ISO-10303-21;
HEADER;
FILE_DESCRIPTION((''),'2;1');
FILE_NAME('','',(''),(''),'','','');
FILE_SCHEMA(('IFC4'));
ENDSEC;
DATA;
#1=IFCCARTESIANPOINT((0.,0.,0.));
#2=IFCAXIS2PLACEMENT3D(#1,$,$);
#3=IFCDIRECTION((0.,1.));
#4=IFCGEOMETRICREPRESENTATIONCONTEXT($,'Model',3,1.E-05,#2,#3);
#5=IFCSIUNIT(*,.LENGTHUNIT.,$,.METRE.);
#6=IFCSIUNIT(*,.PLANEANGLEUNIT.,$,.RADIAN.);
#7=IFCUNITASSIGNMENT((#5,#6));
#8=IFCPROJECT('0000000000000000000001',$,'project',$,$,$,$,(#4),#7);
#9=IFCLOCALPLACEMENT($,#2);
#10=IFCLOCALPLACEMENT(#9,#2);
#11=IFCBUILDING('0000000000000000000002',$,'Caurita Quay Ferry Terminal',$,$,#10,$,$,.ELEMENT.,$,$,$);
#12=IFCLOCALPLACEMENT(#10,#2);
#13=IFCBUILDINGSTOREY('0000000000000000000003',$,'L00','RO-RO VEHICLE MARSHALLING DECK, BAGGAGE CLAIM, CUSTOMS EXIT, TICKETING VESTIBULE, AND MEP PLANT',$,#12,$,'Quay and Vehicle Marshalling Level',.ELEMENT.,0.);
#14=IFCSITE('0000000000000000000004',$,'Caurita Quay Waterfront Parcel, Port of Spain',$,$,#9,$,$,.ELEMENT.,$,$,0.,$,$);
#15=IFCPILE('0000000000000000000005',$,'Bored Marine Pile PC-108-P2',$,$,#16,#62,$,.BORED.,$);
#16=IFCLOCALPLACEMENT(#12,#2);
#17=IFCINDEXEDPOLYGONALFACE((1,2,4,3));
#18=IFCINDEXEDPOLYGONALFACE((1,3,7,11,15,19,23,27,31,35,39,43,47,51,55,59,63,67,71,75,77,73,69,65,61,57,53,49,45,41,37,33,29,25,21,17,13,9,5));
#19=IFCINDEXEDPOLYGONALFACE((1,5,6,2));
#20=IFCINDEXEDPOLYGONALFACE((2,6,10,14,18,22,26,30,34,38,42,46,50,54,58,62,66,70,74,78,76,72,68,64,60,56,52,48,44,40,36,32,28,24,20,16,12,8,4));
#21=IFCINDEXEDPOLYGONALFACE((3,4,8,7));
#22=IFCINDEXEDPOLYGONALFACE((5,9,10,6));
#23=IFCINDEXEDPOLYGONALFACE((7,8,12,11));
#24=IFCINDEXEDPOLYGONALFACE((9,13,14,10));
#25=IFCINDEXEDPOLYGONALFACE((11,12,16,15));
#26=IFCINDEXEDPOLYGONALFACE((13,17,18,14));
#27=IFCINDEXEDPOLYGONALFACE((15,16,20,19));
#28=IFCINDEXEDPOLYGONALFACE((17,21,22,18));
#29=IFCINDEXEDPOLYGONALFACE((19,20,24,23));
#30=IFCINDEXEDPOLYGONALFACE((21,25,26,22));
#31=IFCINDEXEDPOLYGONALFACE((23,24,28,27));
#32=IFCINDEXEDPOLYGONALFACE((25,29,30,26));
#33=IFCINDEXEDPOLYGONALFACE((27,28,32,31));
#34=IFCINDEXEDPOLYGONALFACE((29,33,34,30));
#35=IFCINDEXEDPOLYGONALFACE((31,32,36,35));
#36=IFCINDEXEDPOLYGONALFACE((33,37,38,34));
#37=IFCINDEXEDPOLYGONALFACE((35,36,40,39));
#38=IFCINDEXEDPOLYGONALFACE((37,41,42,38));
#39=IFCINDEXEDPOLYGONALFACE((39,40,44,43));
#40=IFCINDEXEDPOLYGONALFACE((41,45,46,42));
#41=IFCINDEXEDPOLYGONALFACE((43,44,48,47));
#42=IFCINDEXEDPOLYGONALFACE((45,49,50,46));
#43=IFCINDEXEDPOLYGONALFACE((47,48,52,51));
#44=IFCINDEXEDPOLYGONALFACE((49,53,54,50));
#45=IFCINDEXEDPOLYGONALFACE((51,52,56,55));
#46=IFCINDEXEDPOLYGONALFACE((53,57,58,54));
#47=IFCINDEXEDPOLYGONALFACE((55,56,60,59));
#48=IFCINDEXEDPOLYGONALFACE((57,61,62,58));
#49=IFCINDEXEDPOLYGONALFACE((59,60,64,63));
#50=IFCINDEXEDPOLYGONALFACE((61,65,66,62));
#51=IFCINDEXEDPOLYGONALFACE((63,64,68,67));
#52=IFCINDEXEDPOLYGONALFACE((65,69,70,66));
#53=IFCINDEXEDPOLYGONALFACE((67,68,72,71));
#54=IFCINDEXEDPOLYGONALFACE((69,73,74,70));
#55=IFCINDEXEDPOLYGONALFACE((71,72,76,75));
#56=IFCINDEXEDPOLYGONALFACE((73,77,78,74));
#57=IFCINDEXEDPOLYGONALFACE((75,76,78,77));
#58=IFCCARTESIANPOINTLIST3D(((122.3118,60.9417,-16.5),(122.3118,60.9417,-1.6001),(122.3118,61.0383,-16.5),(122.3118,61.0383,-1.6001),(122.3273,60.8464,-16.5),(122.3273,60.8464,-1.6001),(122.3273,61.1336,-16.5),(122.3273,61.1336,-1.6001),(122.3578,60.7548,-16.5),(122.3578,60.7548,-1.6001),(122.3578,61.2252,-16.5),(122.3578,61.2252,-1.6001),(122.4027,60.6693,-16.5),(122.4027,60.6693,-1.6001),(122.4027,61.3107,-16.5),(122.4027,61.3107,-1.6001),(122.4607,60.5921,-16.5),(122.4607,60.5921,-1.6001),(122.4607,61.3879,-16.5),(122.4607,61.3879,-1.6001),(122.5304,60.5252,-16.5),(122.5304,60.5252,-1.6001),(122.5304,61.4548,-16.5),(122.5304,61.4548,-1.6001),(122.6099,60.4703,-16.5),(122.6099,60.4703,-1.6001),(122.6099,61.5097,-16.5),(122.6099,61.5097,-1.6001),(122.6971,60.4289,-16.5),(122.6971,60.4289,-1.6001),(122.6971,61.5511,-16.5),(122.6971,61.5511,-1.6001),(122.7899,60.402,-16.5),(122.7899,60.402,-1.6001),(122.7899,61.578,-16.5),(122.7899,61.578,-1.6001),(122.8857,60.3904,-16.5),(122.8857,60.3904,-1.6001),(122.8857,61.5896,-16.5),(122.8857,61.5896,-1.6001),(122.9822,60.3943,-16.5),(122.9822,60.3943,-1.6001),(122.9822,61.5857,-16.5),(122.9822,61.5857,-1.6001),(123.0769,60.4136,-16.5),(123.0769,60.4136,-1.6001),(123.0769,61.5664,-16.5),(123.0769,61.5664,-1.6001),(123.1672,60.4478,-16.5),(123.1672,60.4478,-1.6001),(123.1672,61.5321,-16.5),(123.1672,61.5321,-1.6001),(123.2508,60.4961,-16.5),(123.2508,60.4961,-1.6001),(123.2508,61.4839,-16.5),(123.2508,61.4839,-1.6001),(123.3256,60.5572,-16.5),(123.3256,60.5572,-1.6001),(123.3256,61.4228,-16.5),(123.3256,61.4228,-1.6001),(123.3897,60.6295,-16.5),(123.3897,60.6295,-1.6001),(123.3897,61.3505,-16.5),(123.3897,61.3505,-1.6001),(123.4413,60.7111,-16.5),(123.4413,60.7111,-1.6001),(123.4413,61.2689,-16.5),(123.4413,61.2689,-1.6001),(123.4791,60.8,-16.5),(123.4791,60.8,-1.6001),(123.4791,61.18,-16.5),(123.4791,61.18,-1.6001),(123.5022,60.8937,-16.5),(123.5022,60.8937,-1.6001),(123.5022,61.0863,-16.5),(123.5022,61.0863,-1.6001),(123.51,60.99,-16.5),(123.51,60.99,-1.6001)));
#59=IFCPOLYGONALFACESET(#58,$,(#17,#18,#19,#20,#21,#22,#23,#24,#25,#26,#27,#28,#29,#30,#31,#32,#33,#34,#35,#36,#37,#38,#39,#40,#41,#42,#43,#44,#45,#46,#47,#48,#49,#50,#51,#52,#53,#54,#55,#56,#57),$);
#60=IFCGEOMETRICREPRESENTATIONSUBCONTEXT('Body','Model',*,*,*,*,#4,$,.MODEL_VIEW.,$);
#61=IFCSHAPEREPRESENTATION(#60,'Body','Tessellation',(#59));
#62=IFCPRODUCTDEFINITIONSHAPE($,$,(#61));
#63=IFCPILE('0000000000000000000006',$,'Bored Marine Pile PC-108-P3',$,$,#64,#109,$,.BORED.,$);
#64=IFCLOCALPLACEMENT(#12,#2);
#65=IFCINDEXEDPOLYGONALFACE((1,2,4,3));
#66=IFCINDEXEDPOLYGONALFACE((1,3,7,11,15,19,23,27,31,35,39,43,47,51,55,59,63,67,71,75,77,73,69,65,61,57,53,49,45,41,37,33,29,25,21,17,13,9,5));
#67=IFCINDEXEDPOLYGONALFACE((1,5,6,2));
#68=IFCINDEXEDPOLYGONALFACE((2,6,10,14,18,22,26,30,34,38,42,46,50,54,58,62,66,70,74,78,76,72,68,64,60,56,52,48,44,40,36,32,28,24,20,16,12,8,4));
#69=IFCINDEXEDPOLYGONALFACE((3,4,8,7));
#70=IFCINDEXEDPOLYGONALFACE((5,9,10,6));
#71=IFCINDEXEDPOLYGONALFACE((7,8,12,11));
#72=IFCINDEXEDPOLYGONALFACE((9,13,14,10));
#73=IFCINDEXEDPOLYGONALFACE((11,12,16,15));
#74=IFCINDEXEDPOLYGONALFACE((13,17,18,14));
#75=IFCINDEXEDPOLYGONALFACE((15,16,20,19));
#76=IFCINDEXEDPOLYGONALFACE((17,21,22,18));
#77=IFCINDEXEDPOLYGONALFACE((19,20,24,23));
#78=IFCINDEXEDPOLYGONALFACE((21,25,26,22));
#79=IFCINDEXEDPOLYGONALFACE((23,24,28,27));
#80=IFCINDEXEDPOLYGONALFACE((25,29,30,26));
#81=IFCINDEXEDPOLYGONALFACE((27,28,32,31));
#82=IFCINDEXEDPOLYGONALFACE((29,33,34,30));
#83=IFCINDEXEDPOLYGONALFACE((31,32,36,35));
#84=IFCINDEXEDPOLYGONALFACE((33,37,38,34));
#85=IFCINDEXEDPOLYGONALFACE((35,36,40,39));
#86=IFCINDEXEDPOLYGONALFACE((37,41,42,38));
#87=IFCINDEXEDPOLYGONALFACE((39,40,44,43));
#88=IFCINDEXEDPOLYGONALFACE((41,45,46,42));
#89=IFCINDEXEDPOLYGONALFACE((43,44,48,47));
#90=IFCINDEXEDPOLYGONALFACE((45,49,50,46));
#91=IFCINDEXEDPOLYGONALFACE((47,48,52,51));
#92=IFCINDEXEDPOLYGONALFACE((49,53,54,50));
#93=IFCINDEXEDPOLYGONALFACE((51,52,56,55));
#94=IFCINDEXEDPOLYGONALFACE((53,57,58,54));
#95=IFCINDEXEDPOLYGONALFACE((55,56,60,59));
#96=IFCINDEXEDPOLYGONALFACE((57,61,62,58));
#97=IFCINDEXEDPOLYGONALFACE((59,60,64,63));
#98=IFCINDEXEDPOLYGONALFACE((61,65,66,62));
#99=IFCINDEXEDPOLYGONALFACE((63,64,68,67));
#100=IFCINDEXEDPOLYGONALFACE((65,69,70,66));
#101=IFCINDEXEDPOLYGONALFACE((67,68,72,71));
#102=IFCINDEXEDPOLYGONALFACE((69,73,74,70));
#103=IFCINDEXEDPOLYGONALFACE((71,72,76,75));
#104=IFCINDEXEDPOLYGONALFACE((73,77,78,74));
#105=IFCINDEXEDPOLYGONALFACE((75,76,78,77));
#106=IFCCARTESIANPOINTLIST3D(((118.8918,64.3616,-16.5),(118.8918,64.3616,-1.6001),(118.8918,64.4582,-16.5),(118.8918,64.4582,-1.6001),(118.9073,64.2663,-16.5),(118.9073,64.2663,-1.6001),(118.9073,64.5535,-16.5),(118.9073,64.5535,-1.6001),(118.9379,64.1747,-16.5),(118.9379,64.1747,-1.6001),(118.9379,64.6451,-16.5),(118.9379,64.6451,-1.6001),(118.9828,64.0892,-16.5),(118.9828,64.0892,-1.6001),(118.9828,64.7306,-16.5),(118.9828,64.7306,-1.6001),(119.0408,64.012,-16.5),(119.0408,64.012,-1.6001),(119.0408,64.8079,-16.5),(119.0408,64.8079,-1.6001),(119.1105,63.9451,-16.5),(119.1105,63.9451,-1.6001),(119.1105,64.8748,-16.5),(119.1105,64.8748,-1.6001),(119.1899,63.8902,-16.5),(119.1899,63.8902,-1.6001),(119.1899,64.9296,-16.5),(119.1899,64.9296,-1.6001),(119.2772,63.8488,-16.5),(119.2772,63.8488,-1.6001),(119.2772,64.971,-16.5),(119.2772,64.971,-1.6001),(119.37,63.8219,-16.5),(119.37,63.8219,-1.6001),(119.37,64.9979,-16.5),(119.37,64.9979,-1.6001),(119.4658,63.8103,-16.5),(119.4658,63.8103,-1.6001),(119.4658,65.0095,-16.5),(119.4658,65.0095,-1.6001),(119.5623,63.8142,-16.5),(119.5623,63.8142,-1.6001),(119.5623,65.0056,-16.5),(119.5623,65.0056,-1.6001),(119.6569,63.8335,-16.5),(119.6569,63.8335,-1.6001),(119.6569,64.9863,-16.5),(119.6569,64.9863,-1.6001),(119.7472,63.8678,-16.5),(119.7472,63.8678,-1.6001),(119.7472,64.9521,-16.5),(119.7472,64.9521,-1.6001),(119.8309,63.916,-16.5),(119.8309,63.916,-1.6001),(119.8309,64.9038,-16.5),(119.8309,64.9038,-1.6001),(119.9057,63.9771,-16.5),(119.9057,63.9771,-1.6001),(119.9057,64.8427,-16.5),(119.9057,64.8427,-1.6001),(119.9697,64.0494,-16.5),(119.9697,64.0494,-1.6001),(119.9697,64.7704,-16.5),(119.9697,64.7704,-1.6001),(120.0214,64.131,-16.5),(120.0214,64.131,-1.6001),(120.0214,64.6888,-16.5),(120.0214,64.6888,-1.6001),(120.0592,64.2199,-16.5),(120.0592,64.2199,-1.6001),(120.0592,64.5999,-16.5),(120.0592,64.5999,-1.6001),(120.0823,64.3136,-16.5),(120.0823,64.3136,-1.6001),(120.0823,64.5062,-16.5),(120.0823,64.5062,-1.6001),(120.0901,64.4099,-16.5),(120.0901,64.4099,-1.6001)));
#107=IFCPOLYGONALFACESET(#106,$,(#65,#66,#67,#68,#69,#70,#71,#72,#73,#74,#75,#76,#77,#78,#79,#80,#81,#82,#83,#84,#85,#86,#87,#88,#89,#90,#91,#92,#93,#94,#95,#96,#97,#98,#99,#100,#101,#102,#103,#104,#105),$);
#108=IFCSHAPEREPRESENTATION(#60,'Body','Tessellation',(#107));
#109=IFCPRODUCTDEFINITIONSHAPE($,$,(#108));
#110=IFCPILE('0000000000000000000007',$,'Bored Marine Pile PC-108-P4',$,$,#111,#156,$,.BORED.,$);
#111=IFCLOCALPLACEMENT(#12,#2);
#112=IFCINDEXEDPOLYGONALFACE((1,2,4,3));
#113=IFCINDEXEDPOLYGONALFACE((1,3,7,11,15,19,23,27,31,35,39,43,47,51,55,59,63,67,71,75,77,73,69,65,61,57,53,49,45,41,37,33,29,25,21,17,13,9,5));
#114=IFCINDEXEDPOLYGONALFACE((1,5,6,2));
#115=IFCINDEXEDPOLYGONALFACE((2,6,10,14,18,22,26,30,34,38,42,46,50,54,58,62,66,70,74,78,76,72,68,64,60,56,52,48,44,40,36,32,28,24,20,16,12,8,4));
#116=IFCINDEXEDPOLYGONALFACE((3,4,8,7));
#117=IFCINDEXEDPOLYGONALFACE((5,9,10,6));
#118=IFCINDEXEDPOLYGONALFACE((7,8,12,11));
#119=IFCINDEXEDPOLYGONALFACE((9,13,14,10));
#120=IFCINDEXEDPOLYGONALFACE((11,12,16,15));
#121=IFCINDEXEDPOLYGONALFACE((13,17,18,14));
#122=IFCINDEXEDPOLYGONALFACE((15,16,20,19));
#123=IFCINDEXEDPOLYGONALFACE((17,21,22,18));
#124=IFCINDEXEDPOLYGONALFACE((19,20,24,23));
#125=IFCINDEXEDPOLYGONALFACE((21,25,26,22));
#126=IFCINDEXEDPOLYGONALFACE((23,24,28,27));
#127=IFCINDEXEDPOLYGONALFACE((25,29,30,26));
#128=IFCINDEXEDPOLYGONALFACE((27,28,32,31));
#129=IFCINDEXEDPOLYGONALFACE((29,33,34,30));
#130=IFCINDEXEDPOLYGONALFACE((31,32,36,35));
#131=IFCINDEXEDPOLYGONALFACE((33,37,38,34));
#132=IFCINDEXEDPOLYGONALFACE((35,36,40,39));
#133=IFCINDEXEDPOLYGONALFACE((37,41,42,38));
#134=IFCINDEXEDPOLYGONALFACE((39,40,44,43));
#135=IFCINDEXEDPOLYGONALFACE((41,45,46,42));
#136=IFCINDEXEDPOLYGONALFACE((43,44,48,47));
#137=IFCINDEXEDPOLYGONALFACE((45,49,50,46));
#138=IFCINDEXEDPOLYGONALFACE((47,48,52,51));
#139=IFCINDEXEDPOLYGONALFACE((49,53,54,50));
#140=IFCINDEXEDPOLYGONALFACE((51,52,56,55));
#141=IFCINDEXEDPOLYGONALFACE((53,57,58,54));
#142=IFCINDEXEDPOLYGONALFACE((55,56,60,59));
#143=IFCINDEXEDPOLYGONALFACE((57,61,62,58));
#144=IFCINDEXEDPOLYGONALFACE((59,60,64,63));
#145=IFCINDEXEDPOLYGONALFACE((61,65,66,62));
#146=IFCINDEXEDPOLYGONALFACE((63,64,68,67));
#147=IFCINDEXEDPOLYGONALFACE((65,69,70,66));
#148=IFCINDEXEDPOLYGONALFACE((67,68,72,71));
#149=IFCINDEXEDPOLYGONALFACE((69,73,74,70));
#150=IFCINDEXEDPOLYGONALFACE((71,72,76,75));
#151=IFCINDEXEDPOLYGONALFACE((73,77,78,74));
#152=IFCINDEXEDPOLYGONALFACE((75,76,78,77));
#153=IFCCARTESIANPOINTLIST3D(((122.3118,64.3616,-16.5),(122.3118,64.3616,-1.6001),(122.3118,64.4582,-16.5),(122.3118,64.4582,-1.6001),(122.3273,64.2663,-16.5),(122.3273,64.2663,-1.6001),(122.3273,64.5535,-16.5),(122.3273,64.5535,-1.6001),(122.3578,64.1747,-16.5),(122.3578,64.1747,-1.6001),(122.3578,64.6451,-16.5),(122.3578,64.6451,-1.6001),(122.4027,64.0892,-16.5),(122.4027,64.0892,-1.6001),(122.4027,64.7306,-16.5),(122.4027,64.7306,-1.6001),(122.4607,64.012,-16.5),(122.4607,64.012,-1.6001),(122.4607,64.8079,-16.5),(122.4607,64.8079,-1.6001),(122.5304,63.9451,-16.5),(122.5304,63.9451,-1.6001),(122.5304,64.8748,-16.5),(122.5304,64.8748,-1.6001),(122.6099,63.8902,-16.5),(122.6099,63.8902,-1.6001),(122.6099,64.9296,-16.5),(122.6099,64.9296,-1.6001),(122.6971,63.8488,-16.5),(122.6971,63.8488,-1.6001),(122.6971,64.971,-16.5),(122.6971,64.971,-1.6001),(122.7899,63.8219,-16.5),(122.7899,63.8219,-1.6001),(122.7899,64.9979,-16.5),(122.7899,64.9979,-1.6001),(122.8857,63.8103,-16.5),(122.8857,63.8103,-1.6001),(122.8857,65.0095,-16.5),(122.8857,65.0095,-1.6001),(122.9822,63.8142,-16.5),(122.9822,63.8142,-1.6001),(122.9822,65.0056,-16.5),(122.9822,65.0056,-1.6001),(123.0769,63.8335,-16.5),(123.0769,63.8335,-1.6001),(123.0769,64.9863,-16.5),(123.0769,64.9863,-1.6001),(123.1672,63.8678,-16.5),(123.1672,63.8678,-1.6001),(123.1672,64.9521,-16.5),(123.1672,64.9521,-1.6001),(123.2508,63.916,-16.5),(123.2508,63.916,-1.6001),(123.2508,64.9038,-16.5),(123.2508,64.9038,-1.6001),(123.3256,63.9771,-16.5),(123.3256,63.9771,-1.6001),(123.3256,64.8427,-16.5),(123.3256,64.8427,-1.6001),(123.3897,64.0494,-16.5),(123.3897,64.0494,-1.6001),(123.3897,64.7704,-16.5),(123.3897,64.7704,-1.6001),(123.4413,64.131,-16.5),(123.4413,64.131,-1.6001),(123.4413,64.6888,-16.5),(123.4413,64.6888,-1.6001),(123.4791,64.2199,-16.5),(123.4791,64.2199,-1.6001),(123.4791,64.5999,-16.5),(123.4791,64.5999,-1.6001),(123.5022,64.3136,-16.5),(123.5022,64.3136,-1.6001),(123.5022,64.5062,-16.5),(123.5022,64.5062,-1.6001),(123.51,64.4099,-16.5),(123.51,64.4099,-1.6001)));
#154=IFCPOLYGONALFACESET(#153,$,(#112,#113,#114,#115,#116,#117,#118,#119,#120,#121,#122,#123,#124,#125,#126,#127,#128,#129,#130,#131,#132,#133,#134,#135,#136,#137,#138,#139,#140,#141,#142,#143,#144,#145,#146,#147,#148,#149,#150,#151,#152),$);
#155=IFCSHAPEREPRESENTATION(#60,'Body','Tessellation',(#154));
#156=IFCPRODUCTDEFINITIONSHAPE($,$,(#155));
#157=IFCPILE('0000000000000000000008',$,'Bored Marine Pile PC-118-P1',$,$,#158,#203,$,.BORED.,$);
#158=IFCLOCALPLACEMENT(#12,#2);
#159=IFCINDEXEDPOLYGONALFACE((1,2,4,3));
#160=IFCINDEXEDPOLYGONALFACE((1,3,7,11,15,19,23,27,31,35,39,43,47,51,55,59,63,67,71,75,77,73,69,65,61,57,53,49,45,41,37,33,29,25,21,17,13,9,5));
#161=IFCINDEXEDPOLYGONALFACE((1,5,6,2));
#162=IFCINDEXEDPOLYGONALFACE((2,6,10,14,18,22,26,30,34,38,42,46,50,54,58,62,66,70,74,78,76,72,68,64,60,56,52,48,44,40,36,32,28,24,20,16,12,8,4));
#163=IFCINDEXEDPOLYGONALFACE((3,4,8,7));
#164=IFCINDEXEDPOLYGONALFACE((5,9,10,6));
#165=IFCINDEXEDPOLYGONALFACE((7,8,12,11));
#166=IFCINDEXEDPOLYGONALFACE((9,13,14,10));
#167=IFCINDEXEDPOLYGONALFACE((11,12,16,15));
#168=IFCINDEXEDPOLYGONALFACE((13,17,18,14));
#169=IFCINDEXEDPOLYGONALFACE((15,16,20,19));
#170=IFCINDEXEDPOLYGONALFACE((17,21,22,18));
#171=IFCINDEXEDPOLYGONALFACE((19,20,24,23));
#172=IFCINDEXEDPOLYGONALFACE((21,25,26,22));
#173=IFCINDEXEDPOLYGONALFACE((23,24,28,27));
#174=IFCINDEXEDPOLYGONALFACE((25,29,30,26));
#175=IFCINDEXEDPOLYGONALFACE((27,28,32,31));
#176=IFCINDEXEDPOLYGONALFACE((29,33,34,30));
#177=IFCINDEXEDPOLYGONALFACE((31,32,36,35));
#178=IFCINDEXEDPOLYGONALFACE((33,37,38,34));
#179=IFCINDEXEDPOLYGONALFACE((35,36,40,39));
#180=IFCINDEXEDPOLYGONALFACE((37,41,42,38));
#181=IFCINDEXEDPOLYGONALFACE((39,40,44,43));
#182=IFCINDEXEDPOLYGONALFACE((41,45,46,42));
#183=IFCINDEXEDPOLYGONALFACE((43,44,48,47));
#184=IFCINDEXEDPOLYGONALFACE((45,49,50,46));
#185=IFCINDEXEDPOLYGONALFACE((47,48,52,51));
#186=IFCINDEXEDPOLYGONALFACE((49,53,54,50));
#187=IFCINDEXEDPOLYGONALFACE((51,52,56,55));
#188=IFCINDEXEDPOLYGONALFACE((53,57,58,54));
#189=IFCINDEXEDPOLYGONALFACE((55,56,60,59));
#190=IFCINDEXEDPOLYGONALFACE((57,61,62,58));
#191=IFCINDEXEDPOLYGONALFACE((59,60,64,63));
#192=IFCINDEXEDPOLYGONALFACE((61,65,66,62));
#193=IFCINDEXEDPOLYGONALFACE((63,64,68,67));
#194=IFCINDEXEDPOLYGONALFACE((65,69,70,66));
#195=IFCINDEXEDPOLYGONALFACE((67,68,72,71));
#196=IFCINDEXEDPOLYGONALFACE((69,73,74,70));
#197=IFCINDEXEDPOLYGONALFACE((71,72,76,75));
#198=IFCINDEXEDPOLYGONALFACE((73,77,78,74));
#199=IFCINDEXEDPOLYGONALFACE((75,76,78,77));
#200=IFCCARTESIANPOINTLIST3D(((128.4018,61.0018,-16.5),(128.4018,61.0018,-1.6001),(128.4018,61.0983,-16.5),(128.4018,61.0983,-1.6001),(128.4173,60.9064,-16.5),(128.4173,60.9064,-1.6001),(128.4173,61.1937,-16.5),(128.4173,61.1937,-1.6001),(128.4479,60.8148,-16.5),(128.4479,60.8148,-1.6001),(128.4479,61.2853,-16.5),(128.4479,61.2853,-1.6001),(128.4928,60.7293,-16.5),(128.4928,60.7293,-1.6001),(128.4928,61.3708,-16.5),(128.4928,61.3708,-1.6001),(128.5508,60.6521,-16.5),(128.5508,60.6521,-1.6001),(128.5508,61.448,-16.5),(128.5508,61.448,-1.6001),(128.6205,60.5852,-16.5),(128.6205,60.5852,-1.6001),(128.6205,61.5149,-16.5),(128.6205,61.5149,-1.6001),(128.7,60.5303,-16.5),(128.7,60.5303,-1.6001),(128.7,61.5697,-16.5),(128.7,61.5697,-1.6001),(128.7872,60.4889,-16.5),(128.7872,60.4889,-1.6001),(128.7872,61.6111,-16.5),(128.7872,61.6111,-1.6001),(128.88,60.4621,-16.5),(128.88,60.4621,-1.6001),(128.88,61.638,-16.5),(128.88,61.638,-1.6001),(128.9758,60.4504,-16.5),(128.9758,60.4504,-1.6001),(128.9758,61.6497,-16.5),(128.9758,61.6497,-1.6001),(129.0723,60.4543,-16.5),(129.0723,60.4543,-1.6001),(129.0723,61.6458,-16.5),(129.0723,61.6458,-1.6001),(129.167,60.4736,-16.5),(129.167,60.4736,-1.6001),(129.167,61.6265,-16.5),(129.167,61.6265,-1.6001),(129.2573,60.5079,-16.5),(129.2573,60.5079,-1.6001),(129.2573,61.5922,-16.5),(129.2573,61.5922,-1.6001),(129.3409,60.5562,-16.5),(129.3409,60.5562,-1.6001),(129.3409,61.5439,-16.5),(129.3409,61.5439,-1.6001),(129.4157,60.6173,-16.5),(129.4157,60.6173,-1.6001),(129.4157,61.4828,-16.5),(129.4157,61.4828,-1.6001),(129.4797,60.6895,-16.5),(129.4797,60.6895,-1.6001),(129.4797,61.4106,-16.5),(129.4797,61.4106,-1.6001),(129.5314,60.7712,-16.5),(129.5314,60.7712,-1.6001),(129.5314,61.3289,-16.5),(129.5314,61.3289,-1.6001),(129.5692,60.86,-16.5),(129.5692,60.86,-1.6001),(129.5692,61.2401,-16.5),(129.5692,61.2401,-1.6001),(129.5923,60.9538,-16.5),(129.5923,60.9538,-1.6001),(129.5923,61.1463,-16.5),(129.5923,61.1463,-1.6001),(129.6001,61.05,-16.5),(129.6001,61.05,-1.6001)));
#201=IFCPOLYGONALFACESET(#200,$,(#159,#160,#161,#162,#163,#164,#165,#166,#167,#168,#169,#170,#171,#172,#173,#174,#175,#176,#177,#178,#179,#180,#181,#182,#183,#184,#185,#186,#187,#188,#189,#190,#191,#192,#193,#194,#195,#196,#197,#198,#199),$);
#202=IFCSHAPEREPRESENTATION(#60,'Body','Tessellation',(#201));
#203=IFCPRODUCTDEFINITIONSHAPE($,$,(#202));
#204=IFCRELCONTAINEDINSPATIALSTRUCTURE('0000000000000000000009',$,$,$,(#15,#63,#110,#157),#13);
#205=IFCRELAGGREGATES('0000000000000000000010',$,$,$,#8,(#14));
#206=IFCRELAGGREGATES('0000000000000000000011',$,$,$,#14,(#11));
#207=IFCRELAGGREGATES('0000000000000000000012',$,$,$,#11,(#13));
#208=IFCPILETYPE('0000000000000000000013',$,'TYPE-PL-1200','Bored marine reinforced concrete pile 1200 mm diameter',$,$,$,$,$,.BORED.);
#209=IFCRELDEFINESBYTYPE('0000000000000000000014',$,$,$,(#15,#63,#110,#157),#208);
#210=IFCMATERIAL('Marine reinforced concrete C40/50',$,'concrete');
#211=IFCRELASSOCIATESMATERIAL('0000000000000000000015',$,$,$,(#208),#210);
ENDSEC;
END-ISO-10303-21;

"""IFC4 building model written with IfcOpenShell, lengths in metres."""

from ifc_helpers import new_model, si_unit, direction, frame, origin, origin_2d, place, context, subcontext, project, spatial, circle, extrude, material, material_profile, profile_set, type_object, element, save


model = new_model("IFC4")

# Units and contexts
model_context = context("Model", 3, precision=1e-05, world=origin(), true_north=direction((0.0, 1.0)))
body_context = subcontext(model_context, "Body", "Model", "MODEL_VIEW")
ifc_project = project(units=[si_unit("LENGTHUNIT", "METRE"), si_unit("PLANEANGLEUNIT", "RADIAN")], contexts=[model_context])

# Site, building, storey
site_placement = place(None, origin())
site = spatial("IfcSite", under=ifc_project, at=site_placement, Name="Caurita Quay Waterfront Parcel, Port of Spain", CompositionType="ELEMENT", RefElevation=0.0)
building_placement = place(site_placement, origin())
building = spatial("IfcBuilding", under=site, at=building_placement, Name="Caurita Quay Ferry Terminal", CompositionType="ELEMENT")
storey_placement = place(building_placement, origin())
storey = spatial("IfcBuildingStorey", under=building, at=storey_placement, Name="L00", Description="RO-RO VEHICLE MARSHALLING DECK, BAGGAGE CLAIM, CUSTOMS EXIT, TICKETING VESTIBULE, AND MEP PLANT", LongName="Quay and Vehicle Marshalling Level", CompositionType="ELEMENT", Elevation=0.0)

# Piles
ifc_material_1 = material(Name="Marine reinforced concrete C40/50", Category="concrete")
ifc_material_profile_1 = material_profile(ifc_material_1, circle(Radius=0.6001, at=origin_2d()), Name="PILE-D1200")
ifc_profile_set_1 = profile_set([ifc_material_profile_1], Name="Marine reinforced concrete C40/50")
pile_type_1 = type_object("IfcPileType", Name="TYPE-PL-1200", Description="Bored marine reinforced concrete pile 1200 mm diameter", PredefinedType="BORED", material=ifc_profile_set_1)
for number, where, z_axis, x_axis, name in (
    (1, (122.9099, 60.99, -1.6001), (0.0, 0.0, -1.0), (1.0, 0.0, 0.0), "Bored Marine Pile PC-108-P2"),
    (2, (119.49, 64.4099, -1.6001), (0.0, 0.0, -1.0), (1.0, 0.0, 0.0), "Bored Marine Pile PC-108-P3"),
    (3, (122.9099, 64.4099, -1.6001), (0.0, 0.0, -1.0), (1.0, 0.0, 0.0), "Bored Marine Pile PC-108-P4"),
    (4, (129.0, 61.05, -1.6001), (0.0, 0.0, -1.0), (1.0, 0.0, 0.0), "Bored Marine Pile PC-118-P1"),
):
    element("IfcPile", number, at=place(storey_placement, frame(where, z_axis=z_axis, x_axis=x_axis)), inside=storey, type_object=pile_type_1, Name=name, PredefinedType="BORED", context=body_context, shape_type="SweptSolid", body=[
        extrude(circle(Radius=0.6001, at=origin_2d()), origin(), (0.0, 0.0, 1.0), 14.8999),
    ])

save(model, "model.ifc")
